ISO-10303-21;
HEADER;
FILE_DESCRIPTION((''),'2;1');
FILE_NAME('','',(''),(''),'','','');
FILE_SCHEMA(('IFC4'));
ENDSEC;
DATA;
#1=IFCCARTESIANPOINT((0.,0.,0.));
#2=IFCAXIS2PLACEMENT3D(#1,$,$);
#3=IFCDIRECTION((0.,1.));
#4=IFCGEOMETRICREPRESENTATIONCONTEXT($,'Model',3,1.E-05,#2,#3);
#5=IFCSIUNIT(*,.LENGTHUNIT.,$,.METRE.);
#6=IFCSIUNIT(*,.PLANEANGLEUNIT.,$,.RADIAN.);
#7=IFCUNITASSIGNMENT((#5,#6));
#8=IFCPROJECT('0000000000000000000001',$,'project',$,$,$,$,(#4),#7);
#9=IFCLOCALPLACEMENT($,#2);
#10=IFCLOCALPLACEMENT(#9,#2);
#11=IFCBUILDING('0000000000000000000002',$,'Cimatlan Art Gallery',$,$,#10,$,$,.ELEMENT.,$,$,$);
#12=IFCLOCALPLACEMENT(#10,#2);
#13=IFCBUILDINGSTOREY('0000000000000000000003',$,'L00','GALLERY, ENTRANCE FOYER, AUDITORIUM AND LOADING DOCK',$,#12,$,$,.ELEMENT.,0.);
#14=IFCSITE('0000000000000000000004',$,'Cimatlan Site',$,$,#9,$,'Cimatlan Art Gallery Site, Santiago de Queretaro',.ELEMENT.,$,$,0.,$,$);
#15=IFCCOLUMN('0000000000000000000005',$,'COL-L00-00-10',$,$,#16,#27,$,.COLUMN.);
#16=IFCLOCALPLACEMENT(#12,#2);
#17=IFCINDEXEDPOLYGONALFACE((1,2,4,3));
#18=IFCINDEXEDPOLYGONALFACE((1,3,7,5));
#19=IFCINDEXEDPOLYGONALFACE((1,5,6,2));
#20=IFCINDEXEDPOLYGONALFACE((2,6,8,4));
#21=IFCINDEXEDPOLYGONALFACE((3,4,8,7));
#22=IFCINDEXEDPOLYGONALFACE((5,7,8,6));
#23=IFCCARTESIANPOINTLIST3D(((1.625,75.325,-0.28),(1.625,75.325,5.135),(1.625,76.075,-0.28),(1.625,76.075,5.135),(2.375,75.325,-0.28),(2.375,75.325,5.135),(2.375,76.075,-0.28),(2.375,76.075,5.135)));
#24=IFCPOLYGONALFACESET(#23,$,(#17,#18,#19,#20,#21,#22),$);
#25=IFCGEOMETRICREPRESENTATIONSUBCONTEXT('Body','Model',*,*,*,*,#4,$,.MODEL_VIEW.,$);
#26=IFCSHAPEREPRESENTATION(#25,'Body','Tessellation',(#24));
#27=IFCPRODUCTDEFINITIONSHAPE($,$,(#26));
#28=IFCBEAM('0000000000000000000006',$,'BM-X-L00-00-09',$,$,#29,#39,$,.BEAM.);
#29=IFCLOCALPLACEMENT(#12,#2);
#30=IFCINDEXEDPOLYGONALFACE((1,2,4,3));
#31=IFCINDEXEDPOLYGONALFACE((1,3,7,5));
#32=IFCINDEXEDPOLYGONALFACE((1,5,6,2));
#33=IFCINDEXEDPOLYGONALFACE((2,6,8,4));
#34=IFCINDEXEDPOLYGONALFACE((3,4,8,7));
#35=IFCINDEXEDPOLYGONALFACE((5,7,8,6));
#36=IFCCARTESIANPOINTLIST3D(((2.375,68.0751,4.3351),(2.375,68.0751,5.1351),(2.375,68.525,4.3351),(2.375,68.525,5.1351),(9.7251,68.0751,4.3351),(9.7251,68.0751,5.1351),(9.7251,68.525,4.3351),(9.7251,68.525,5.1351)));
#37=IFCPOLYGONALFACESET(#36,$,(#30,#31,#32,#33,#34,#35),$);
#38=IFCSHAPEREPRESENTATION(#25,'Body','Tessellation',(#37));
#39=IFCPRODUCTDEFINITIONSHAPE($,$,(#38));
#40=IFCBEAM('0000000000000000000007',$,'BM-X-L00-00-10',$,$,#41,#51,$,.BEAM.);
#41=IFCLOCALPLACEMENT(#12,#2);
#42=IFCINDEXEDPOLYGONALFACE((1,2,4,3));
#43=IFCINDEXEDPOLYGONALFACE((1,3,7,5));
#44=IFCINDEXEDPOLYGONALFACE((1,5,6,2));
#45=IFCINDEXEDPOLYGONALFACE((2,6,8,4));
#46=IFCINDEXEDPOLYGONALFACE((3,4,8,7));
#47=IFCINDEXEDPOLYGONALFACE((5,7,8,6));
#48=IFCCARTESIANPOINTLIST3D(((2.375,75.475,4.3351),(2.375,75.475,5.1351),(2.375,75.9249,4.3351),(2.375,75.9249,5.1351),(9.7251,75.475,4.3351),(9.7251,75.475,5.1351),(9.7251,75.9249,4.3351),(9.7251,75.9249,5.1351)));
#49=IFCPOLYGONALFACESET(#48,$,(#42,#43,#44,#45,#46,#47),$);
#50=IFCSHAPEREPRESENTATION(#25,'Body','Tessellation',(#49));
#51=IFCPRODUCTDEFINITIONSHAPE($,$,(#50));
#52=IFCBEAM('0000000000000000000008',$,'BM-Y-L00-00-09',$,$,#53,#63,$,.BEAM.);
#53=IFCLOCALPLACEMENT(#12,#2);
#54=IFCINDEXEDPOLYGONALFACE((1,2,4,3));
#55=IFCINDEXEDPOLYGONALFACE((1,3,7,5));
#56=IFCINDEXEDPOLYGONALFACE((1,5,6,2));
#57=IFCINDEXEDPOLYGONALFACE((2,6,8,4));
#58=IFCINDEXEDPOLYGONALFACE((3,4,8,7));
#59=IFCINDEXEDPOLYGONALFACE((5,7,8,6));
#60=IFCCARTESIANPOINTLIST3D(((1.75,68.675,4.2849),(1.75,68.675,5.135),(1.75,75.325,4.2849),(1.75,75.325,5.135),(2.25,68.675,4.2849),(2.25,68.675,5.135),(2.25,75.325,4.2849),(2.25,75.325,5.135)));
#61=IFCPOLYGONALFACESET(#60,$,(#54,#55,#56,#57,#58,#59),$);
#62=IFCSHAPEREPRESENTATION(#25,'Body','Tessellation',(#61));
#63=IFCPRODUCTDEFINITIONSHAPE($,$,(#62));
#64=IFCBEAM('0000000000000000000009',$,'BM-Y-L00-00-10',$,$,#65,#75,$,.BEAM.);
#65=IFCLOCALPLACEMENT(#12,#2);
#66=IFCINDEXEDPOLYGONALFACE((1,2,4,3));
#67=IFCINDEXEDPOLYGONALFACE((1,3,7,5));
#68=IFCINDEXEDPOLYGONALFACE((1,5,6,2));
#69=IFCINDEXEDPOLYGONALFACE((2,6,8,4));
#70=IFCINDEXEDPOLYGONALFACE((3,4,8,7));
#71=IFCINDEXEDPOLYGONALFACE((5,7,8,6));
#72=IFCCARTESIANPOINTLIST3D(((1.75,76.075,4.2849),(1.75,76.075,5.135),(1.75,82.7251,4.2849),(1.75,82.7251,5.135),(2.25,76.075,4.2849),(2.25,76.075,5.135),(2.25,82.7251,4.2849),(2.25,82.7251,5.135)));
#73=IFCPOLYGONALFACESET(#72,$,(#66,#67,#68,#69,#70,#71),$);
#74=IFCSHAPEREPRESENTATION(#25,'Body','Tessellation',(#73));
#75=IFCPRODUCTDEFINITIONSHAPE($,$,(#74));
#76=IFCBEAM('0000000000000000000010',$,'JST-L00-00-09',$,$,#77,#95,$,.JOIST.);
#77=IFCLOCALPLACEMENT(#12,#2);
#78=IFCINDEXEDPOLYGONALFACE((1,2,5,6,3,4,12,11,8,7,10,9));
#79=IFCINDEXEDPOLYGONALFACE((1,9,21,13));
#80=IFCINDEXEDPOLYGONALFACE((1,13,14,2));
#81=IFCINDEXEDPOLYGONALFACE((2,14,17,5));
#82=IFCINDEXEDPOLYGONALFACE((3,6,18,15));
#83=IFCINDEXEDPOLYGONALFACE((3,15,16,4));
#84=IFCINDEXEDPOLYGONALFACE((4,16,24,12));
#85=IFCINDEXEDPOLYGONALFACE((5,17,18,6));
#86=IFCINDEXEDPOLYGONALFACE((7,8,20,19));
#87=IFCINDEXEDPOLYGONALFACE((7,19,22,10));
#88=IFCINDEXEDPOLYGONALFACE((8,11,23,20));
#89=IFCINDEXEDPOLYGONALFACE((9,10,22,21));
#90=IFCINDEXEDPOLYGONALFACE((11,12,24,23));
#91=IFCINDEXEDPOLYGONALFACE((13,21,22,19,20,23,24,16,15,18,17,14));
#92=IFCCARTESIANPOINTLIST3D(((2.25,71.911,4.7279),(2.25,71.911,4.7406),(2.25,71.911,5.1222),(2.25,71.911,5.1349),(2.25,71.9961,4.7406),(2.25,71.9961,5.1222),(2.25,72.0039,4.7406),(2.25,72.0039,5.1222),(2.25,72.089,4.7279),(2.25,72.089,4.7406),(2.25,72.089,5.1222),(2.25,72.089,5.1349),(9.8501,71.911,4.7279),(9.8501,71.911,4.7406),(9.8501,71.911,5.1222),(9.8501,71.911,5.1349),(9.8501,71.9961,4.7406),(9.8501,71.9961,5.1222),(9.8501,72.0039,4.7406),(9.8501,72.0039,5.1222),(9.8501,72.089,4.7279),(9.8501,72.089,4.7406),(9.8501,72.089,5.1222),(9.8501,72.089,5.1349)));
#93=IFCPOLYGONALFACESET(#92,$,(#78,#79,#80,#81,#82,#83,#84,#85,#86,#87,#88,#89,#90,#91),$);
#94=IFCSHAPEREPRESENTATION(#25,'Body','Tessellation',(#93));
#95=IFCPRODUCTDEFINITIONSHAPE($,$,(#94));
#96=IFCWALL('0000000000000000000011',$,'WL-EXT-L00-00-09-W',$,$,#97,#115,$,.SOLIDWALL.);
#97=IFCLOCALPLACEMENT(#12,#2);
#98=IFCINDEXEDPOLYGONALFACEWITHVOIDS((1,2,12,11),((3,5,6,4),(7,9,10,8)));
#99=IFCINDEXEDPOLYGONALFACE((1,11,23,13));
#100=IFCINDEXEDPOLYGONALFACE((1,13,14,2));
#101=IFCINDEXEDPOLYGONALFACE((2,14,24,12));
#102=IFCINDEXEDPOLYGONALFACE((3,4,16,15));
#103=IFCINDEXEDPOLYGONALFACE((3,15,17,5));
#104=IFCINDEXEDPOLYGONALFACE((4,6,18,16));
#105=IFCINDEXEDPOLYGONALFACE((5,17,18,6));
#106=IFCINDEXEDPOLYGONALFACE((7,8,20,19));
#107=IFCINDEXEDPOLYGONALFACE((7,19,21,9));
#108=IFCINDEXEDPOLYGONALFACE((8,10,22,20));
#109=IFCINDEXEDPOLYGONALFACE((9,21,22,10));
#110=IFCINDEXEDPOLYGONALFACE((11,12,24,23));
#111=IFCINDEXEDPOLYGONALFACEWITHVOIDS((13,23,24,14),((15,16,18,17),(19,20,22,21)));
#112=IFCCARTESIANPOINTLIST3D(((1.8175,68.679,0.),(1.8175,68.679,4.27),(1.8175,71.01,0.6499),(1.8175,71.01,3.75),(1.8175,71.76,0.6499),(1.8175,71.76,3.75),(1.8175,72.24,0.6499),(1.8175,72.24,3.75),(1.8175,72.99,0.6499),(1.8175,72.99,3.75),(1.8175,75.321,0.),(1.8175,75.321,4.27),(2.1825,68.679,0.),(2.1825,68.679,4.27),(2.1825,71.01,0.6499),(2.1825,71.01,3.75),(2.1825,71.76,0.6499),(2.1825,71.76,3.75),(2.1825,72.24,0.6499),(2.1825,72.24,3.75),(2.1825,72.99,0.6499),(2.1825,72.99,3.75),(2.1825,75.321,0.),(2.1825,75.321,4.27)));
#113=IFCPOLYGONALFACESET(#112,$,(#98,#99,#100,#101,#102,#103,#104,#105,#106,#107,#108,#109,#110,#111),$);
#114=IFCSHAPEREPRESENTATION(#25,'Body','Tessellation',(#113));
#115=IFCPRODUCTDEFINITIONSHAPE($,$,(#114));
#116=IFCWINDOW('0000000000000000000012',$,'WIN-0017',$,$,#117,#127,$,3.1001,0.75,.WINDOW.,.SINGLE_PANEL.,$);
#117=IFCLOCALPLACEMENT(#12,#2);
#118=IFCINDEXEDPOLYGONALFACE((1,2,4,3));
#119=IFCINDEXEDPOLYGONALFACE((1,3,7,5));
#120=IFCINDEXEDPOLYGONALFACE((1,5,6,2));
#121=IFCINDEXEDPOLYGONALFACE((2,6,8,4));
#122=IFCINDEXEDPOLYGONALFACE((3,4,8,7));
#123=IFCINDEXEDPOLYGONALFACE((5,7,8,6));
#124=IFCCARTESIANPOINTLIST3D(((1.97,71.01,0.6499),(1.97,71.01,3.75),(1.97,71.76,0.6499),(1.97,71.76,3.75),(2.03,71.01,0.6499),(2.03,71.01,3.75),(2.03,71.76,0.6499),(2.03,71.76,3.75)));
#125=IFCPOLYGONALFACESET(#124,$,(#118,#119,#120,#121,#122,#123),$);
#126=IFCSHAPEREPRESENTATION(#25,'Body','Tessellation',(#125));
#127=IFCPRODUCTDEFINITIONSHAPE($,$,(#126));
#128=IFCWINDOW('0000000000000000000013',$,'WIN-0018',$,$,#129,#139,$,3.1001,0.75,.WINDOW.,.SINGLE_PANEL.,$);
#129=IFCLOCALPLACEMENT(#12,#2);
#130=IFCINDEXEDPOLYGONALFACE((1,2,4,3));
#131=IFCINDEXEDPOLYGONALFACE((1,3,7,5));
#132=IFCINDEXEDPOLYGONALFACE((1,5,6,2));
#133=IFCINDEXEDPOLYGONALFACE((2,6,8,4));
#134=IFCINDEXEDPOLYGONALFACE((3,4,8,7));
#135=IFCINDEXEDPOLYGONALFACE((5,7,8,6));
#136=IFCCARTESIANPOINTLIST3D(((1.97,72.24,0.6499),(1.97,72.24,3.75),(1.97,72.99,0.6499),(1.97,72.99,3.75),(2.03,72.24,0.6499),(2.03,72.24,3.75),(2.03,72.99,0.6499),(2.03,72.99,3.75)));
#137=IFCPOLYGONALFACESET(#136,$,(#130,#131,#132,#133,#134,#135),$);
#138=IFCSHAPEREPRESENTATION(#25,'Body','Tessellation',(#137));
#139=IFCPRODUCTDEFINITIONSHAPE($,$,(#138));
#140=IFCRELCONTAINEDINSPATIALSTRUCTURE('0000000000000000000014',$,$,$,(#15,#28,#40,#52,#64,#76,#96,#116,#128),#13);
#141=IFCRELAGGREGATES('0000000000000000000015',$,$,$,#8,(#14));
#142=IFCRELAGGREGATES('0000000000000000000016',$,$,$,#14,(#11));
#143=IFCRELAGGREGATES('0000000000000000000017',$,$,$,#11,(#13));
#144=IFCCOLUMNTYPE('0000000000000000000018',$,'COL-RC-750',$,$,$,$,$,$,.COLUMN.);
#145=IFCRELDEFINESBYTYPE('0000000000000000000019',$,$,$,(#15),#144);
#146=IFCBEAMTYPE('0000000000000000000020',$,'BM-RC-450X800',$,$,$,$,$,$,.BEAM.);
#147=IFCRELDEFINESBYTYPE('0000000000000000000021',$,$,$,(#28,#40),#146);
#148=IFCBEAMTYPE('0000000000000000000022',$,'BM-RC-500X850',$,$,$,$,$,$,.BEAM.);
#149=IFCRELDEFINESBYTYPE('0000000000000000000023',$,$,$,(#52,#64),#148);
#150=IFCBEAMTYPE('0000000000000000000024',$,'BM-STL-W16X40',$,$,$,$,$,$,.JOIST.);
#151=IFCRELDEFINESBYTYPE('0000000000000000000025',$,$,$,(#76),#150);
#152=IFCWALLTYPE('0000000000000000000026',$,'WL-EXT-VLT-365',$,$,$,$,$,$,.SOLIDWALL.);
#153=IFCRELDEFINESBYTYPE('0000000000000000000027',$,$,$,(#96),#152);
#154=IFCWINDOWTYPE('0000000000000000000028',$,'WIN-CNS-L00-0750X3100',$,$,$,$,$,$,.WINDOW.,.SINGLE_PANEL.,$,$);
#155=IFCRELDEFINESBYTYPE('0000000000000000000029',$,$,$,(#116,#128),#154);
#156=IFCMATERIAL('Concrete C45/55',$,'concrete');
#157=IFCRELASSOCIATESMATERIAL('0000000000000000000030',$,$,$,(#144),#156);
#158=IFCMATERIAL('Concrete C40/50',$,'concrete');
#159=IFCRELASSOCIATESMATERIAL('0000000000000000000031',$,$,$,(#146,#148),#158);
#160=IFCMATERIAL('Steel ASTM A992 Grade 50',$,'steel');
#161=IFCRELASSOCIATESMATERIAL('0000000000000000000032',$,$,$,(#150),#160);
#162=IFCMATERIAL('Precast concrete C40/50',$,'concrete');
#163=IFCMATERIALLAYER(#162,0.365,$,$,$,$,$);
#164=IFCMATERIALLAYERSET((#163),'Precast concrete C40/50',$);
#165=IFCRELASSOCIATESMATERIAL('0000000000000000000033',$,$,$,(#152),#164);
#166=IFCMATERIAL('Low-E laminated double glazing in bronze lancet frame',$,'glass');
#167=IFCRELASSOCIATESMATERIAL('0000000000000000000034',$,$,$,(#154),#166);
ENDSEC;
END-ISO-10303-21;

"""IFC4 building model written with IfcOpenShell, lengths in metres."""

from ifc_helpers import new_model, si_unit, direction, frame, frame_2d, origin, origin_2d, place, context, subcontext, project, spatial, rectangle, i_section, extrude, material, layer, layer_set, material_profile, profile_set, type_object, element, fill, save


model = new_model("IFC4")

# Units and contexts
model_context = context("Model", 3, precision=1e-05, world=origin(), true_north=direction((0.0, 1.0)))
body_context = subcontext(model_context, "Body", "Model", "MODEL_VIEW")
ifc_project = project(units=[si_unit("LENGTHUNIT", "METRE"), si_unit("PLANEANGLEUNIT", "RADIAN")], contexts=[model_context])

# Site, building, storey
site_placement = place(None, origin())
site = spatial("IfcSite", under=ifc_project, at=site_placement, Name="Cimatlan Site", LongName="Cimatlan Art Gallery Site, Santiago de Queretaro", CompositionType="ELEMENT", RefElevation=0.0)
building_placement = place(site_placement, origin())
building = spatial("IfcBuilding", under=site, at=building_placement, Name="Cimatlan Art Gallery", CompositionType="ELEMENT")
storey_placement = place(building_placement, origin())
storey = spatial("IfcBuildingStorey", under=building, at=storey_placement, Name="L00", Description="GALLERY, ENTRANCE FOYER, AUDITORIUM AND LOADING DOCK", CompositionType="ELEMENT", Elevation=0.0)

# Shared definitions
ifc_material_1 = material(Name="Concrete C40/50", Category="concrete")

# Column
ifc_material_2 = material(Name="Concrete C45/55", Category="concrete")
ifc_material_profile_1 = material_profile(ifc_material_2, rectangle(XDim=0.75, YDim=0.75, at=origin_2d()), Name="RC750X750")
ifc_profile_set_1 = profile_set([ifc_material_profile_1], Name="Concrete C45/55")
column_type = type_object("IfcColumnType", Name="COL-RC-750", PredefinedType="COLUMN", material=ifc_profile_set_1)
for number, where, z_axis, x_axis, name in (
    (1, (2.0, 75.7, -0.28), (0.0, 0.0, 1.0), (1.0, 0.0, 0.0), "COL-L00-00-10"),
):
    element("IfcColumn", number, at=place(storey_placement, frame(where, z_axis=z_axis, x_axis=x_axis)), inside=storey, type_object=column_type, Name=name, PredefinedType="COLUMN", context=body_context, shape_type="SweptSolid", body=[
        extrude(rectangle(XDim=0.75, YDim=0.75, at=origin_2d()), origin(), (0.0, 0.0, 1.0), 5.415),
    ])

# Beams
ifc_material_profile_2 = material_profile(ifc_material_1, rectangle(XDim=0.45, YDim=0.8, at=origin_2d()), Name="RC450X800")
ifc_profile_set_2 = profile_set([ifc_material_profile_2], Name="Concrete C40/50")
beam_type_1 = type_object("IfcBeamType", Name="BM-RC-450X800", PredefinedType="BEAM", material=ifc_profile_set_2)
for number, where, z_axis, x_axis, name in (
    (2, (2.375, 68.3, 4.7351), (1.0, 0.0, 0.0), (0.0, 1.0, 0.0), "BM-X-L00-00-09"),
    (3, (2.375, 75.7, 4.7351), (1.0, 0.0, 0.0), (0.0, 1.0, 0.0), "BM-X-L00-00-10"),
):
    element("IfcBeam", number, at=place(storey_placement, frame(where, z_axis=z_axis, x_axis=x_axis)), inside=storey, type_object=beam_type_1, Name=name, PredefinedType="BEAM", context=body_context, shape_type="SweptSolid", body=[
        extrude(rectangle(XDim=0.45, YDim=0.8, at=origin_2d()), origin(), (0.0, 0.0, 1.0), 7.3501),
    ])
ifc_material_profile_3 = material_profile(ifc_material_1, rectangle(XDim=0.5, YDim=0.8501, at=origin_2d()), Name="RC500X850")
ifc_profile_set_3 = profile_set([ifc_material_profile_3], Name="Concrete C40/50")
beam_type_2 = type_object("IfcBeamType", Name="BM-RC-500X850", PredefinedType="BEAM", material=ifc_profile_set_3)
beam_1_placement = place(storey_placement, frame((2.0, 68.675, 4.71), z_axis=(0.0, 1.0, 0.0), x_axis=(-1.0, 0.0, 0.0)))
element("IfcBeam", 4, at=beam_1_placement, inside=storey, type_object=beam_type_2, Name="BM-Y-L00-00-09", PredefinedType="BEAM", context=body_context, shape_type="SweptSolid", body=[
    extrude(rectangle(XDim=0.5, YDim=0.8501, at=origin_2d()), origin(), (0.0, 0.0, 1.0), 6.6499),
])
beam_2_placement = place(storey_placement, frame((2.0, 76.075, 4.71), z_axis=(0.0, 1.0, 0.0), x_axis=(-1.0, 0.0, 0.0)))
element("IfcBeam", 5, at=beam_2_placement, inside=storey, type_object=beam_type_2, Name="BM-Y-L00-00-10", PredefinedType="BEAM", context=body_context, shape_type="SweptSolid", body=[
    extrude(rectangle(XDim=0.5, YDim=0.8501, at=origin_2d()), origin(), (0.0, 0.0, 1.0), 6.6501),
])
ifc_material_3 = material(Name="Steel ASTM A992 Grade 50", Category="steel")
ifc_material_profile_4 = material_profile(ifc_material_3, i_section(OverallWidth=0.178, OverallDepth=0.407, WebThickness=0.0078, FlangeThickness=0.0127, at=origin_2d()), Name="W16X40")
ifc_profile_set_4 = profile_set([ifc_material_profile_4], Name="Steel ASTM A992 Grade 50")
beam_type_3 = type_object("IfcBeamType", Name="BM-STL-W16X40", PredefinedType="JOIST", material=ifc_profile_set_4)
beam_3_placement = place(storey_placement, frame((2.25, 72.0, 4.9314), z_axis=(1.0, 0.0, 0.0), x_axis=(0.0, 1.0, 0.0)))
element("IfcBeam", 6, at=beam_3_placement, inside=storey, type_object=beam_type_3, Name="JST-L00-00-09", PredefinedType="JOIST", context=body_context, shape_type="SweptSolid", body=[
    extrude(i_section(OverallWidth=0.178, OverallDepth=0.407, WebThickness=0.0078, FlangeThickness=0.0127, at=origin_2d()), origin(), (0.0, 0.0, 1.0), 7.6001),
])

# Wall, openings, windows
ifc_material_4 = material(Name="Precast concrete C40/50", Category="concrete")
ifc_layer_1 = layer(ifc_material_4, 0.365)
ifc_layer_set_1 = layer_set([ifc_layer_1], Name="Precast concrete C40/50")
wall_type = type_object("IfcWallType", Name="WL-EXT-VLT-365", PredefinedType="SOLIDWALL", material=ifc_layer_set_1)
wall_1_placement = place(storey_placement, frame((2.0, 68.679, 0.0), z_axis=(0.0, 0.0, 1.0), x_axis=(0.0, 1.0, 0.0)))
wall_1 = element("IfcWall", 7, at=wall_1_placement, inside=storey, type_object=wall_type, Name="WL-EXT-L00-00-09-W", PredefinedType="SOLIDWALL", context=body_context, shape_type="SweptSolid", body=[
    extrude(rectangle(XDim=6.6421, YDim=0.365, at=frame_2d((3.321, 0.0))), origin(), (0.0, 0.0, 1.0), 4.27),
])
opening_1_placement = place(wall_1_placement, frame((2.3311, 0.0, 0.6499)))
opening_1 = element("IfcOpeningElement", 8, at=opening_1_placement, cuts=wall_1, PredefinedType="OPENING", context=body_context, shape_type="SweptSolid", body=[
    extrude(rectangle(XDim=0.75, YDim=3.1001, at=frame_2d((0.375, 1.55))), frame((0.0, 0.1924, 0.0), z_axis=(0.0, -1.0, 0.0), x_axis=(1.0, 0.0, 0.0)), (0.0, 0.0, 1.0), 0.385),
])
opening_2_placement = place(wall_1_placement, frame((3.561, 0.0, 0.6499)))
opening_2 = element("IfcOpeningElement", 9, at=opening_2_placement, cuts=wall_1, PredefinedType="OPENING", context=body_context, shape_type="SweptSolid", body=[
    extrude(rectangle(XDim=0.75, YDim=3.1001, at=frame_2d((0.375, 1.55))), frame((0.0, 0.1924, 0.0), z_axis=(0.0, -1.0, 0.0), x_axis=(1.0, 0.0, 0.0)), (0.0, 0.0, 1.0), 0.385),
])
ifc_material_5 = material(Name="Low-E laminated double glazing in bronze lancet frame", Category="glass")
window_type = type_object("IfcWindowType", Name="WIN-CNS-L00-0750X3100", PartitioningType="SINGLE_PANEL", PredefinedType="WINDOW", material=ifc_material_5)
window_1_placement = place(opening_1_placement, origin())
window_1 = element("IfcWindow", 10, at=window_1_placement, inside=storey, type_object=window_type, Name="WIN-0017", OverallHeight=3.1001, OverallWidth=0.75, PartitioningType="SINGLE_PANEL", PredefinedType="WINDOW", context=body_context, shape_type="SweptSolid", body=[
    extrude(rectangle(XDim=0.75, YDim=3.1001, at=frame_2d((0.375, 1.55))), frame((0.0, 0.03, 0.0), z_axis=(0.0, -1.0, 0.0), x_axis=(1.0, 0.0, 0.0)), (0.0, 0.0, 1.0), 0.0601),
])
fill(opening_1, window_1)
window_2_placement = place(opening_2_placement, origin())
window_2 = element("IfcWindow", 11, at=window_2_placement, inside=storey, type_object=window_type, Name="WIN-0018", OverallHeight=3.1001, OverallWidth=0.75, PartitioningType="SINGLE_PANEL", PredefinedType="WINDOW", context=body_context, shape_type="SweptSolid", body=[
    extrude(rectangle(XDim=0.75, YDim=3.1001, at=frame_2d((0.375, 1.55))), frame((0.0, 0.03, 0.0), z_axis=(0.0, -1.0, 0.0), x_axis=(1.0, 0.0, 0.0)), (0.0, 0.0, 1.0), 0.0601),
])
fill(opening_2, window_2)

save(model, "model.ifc")
